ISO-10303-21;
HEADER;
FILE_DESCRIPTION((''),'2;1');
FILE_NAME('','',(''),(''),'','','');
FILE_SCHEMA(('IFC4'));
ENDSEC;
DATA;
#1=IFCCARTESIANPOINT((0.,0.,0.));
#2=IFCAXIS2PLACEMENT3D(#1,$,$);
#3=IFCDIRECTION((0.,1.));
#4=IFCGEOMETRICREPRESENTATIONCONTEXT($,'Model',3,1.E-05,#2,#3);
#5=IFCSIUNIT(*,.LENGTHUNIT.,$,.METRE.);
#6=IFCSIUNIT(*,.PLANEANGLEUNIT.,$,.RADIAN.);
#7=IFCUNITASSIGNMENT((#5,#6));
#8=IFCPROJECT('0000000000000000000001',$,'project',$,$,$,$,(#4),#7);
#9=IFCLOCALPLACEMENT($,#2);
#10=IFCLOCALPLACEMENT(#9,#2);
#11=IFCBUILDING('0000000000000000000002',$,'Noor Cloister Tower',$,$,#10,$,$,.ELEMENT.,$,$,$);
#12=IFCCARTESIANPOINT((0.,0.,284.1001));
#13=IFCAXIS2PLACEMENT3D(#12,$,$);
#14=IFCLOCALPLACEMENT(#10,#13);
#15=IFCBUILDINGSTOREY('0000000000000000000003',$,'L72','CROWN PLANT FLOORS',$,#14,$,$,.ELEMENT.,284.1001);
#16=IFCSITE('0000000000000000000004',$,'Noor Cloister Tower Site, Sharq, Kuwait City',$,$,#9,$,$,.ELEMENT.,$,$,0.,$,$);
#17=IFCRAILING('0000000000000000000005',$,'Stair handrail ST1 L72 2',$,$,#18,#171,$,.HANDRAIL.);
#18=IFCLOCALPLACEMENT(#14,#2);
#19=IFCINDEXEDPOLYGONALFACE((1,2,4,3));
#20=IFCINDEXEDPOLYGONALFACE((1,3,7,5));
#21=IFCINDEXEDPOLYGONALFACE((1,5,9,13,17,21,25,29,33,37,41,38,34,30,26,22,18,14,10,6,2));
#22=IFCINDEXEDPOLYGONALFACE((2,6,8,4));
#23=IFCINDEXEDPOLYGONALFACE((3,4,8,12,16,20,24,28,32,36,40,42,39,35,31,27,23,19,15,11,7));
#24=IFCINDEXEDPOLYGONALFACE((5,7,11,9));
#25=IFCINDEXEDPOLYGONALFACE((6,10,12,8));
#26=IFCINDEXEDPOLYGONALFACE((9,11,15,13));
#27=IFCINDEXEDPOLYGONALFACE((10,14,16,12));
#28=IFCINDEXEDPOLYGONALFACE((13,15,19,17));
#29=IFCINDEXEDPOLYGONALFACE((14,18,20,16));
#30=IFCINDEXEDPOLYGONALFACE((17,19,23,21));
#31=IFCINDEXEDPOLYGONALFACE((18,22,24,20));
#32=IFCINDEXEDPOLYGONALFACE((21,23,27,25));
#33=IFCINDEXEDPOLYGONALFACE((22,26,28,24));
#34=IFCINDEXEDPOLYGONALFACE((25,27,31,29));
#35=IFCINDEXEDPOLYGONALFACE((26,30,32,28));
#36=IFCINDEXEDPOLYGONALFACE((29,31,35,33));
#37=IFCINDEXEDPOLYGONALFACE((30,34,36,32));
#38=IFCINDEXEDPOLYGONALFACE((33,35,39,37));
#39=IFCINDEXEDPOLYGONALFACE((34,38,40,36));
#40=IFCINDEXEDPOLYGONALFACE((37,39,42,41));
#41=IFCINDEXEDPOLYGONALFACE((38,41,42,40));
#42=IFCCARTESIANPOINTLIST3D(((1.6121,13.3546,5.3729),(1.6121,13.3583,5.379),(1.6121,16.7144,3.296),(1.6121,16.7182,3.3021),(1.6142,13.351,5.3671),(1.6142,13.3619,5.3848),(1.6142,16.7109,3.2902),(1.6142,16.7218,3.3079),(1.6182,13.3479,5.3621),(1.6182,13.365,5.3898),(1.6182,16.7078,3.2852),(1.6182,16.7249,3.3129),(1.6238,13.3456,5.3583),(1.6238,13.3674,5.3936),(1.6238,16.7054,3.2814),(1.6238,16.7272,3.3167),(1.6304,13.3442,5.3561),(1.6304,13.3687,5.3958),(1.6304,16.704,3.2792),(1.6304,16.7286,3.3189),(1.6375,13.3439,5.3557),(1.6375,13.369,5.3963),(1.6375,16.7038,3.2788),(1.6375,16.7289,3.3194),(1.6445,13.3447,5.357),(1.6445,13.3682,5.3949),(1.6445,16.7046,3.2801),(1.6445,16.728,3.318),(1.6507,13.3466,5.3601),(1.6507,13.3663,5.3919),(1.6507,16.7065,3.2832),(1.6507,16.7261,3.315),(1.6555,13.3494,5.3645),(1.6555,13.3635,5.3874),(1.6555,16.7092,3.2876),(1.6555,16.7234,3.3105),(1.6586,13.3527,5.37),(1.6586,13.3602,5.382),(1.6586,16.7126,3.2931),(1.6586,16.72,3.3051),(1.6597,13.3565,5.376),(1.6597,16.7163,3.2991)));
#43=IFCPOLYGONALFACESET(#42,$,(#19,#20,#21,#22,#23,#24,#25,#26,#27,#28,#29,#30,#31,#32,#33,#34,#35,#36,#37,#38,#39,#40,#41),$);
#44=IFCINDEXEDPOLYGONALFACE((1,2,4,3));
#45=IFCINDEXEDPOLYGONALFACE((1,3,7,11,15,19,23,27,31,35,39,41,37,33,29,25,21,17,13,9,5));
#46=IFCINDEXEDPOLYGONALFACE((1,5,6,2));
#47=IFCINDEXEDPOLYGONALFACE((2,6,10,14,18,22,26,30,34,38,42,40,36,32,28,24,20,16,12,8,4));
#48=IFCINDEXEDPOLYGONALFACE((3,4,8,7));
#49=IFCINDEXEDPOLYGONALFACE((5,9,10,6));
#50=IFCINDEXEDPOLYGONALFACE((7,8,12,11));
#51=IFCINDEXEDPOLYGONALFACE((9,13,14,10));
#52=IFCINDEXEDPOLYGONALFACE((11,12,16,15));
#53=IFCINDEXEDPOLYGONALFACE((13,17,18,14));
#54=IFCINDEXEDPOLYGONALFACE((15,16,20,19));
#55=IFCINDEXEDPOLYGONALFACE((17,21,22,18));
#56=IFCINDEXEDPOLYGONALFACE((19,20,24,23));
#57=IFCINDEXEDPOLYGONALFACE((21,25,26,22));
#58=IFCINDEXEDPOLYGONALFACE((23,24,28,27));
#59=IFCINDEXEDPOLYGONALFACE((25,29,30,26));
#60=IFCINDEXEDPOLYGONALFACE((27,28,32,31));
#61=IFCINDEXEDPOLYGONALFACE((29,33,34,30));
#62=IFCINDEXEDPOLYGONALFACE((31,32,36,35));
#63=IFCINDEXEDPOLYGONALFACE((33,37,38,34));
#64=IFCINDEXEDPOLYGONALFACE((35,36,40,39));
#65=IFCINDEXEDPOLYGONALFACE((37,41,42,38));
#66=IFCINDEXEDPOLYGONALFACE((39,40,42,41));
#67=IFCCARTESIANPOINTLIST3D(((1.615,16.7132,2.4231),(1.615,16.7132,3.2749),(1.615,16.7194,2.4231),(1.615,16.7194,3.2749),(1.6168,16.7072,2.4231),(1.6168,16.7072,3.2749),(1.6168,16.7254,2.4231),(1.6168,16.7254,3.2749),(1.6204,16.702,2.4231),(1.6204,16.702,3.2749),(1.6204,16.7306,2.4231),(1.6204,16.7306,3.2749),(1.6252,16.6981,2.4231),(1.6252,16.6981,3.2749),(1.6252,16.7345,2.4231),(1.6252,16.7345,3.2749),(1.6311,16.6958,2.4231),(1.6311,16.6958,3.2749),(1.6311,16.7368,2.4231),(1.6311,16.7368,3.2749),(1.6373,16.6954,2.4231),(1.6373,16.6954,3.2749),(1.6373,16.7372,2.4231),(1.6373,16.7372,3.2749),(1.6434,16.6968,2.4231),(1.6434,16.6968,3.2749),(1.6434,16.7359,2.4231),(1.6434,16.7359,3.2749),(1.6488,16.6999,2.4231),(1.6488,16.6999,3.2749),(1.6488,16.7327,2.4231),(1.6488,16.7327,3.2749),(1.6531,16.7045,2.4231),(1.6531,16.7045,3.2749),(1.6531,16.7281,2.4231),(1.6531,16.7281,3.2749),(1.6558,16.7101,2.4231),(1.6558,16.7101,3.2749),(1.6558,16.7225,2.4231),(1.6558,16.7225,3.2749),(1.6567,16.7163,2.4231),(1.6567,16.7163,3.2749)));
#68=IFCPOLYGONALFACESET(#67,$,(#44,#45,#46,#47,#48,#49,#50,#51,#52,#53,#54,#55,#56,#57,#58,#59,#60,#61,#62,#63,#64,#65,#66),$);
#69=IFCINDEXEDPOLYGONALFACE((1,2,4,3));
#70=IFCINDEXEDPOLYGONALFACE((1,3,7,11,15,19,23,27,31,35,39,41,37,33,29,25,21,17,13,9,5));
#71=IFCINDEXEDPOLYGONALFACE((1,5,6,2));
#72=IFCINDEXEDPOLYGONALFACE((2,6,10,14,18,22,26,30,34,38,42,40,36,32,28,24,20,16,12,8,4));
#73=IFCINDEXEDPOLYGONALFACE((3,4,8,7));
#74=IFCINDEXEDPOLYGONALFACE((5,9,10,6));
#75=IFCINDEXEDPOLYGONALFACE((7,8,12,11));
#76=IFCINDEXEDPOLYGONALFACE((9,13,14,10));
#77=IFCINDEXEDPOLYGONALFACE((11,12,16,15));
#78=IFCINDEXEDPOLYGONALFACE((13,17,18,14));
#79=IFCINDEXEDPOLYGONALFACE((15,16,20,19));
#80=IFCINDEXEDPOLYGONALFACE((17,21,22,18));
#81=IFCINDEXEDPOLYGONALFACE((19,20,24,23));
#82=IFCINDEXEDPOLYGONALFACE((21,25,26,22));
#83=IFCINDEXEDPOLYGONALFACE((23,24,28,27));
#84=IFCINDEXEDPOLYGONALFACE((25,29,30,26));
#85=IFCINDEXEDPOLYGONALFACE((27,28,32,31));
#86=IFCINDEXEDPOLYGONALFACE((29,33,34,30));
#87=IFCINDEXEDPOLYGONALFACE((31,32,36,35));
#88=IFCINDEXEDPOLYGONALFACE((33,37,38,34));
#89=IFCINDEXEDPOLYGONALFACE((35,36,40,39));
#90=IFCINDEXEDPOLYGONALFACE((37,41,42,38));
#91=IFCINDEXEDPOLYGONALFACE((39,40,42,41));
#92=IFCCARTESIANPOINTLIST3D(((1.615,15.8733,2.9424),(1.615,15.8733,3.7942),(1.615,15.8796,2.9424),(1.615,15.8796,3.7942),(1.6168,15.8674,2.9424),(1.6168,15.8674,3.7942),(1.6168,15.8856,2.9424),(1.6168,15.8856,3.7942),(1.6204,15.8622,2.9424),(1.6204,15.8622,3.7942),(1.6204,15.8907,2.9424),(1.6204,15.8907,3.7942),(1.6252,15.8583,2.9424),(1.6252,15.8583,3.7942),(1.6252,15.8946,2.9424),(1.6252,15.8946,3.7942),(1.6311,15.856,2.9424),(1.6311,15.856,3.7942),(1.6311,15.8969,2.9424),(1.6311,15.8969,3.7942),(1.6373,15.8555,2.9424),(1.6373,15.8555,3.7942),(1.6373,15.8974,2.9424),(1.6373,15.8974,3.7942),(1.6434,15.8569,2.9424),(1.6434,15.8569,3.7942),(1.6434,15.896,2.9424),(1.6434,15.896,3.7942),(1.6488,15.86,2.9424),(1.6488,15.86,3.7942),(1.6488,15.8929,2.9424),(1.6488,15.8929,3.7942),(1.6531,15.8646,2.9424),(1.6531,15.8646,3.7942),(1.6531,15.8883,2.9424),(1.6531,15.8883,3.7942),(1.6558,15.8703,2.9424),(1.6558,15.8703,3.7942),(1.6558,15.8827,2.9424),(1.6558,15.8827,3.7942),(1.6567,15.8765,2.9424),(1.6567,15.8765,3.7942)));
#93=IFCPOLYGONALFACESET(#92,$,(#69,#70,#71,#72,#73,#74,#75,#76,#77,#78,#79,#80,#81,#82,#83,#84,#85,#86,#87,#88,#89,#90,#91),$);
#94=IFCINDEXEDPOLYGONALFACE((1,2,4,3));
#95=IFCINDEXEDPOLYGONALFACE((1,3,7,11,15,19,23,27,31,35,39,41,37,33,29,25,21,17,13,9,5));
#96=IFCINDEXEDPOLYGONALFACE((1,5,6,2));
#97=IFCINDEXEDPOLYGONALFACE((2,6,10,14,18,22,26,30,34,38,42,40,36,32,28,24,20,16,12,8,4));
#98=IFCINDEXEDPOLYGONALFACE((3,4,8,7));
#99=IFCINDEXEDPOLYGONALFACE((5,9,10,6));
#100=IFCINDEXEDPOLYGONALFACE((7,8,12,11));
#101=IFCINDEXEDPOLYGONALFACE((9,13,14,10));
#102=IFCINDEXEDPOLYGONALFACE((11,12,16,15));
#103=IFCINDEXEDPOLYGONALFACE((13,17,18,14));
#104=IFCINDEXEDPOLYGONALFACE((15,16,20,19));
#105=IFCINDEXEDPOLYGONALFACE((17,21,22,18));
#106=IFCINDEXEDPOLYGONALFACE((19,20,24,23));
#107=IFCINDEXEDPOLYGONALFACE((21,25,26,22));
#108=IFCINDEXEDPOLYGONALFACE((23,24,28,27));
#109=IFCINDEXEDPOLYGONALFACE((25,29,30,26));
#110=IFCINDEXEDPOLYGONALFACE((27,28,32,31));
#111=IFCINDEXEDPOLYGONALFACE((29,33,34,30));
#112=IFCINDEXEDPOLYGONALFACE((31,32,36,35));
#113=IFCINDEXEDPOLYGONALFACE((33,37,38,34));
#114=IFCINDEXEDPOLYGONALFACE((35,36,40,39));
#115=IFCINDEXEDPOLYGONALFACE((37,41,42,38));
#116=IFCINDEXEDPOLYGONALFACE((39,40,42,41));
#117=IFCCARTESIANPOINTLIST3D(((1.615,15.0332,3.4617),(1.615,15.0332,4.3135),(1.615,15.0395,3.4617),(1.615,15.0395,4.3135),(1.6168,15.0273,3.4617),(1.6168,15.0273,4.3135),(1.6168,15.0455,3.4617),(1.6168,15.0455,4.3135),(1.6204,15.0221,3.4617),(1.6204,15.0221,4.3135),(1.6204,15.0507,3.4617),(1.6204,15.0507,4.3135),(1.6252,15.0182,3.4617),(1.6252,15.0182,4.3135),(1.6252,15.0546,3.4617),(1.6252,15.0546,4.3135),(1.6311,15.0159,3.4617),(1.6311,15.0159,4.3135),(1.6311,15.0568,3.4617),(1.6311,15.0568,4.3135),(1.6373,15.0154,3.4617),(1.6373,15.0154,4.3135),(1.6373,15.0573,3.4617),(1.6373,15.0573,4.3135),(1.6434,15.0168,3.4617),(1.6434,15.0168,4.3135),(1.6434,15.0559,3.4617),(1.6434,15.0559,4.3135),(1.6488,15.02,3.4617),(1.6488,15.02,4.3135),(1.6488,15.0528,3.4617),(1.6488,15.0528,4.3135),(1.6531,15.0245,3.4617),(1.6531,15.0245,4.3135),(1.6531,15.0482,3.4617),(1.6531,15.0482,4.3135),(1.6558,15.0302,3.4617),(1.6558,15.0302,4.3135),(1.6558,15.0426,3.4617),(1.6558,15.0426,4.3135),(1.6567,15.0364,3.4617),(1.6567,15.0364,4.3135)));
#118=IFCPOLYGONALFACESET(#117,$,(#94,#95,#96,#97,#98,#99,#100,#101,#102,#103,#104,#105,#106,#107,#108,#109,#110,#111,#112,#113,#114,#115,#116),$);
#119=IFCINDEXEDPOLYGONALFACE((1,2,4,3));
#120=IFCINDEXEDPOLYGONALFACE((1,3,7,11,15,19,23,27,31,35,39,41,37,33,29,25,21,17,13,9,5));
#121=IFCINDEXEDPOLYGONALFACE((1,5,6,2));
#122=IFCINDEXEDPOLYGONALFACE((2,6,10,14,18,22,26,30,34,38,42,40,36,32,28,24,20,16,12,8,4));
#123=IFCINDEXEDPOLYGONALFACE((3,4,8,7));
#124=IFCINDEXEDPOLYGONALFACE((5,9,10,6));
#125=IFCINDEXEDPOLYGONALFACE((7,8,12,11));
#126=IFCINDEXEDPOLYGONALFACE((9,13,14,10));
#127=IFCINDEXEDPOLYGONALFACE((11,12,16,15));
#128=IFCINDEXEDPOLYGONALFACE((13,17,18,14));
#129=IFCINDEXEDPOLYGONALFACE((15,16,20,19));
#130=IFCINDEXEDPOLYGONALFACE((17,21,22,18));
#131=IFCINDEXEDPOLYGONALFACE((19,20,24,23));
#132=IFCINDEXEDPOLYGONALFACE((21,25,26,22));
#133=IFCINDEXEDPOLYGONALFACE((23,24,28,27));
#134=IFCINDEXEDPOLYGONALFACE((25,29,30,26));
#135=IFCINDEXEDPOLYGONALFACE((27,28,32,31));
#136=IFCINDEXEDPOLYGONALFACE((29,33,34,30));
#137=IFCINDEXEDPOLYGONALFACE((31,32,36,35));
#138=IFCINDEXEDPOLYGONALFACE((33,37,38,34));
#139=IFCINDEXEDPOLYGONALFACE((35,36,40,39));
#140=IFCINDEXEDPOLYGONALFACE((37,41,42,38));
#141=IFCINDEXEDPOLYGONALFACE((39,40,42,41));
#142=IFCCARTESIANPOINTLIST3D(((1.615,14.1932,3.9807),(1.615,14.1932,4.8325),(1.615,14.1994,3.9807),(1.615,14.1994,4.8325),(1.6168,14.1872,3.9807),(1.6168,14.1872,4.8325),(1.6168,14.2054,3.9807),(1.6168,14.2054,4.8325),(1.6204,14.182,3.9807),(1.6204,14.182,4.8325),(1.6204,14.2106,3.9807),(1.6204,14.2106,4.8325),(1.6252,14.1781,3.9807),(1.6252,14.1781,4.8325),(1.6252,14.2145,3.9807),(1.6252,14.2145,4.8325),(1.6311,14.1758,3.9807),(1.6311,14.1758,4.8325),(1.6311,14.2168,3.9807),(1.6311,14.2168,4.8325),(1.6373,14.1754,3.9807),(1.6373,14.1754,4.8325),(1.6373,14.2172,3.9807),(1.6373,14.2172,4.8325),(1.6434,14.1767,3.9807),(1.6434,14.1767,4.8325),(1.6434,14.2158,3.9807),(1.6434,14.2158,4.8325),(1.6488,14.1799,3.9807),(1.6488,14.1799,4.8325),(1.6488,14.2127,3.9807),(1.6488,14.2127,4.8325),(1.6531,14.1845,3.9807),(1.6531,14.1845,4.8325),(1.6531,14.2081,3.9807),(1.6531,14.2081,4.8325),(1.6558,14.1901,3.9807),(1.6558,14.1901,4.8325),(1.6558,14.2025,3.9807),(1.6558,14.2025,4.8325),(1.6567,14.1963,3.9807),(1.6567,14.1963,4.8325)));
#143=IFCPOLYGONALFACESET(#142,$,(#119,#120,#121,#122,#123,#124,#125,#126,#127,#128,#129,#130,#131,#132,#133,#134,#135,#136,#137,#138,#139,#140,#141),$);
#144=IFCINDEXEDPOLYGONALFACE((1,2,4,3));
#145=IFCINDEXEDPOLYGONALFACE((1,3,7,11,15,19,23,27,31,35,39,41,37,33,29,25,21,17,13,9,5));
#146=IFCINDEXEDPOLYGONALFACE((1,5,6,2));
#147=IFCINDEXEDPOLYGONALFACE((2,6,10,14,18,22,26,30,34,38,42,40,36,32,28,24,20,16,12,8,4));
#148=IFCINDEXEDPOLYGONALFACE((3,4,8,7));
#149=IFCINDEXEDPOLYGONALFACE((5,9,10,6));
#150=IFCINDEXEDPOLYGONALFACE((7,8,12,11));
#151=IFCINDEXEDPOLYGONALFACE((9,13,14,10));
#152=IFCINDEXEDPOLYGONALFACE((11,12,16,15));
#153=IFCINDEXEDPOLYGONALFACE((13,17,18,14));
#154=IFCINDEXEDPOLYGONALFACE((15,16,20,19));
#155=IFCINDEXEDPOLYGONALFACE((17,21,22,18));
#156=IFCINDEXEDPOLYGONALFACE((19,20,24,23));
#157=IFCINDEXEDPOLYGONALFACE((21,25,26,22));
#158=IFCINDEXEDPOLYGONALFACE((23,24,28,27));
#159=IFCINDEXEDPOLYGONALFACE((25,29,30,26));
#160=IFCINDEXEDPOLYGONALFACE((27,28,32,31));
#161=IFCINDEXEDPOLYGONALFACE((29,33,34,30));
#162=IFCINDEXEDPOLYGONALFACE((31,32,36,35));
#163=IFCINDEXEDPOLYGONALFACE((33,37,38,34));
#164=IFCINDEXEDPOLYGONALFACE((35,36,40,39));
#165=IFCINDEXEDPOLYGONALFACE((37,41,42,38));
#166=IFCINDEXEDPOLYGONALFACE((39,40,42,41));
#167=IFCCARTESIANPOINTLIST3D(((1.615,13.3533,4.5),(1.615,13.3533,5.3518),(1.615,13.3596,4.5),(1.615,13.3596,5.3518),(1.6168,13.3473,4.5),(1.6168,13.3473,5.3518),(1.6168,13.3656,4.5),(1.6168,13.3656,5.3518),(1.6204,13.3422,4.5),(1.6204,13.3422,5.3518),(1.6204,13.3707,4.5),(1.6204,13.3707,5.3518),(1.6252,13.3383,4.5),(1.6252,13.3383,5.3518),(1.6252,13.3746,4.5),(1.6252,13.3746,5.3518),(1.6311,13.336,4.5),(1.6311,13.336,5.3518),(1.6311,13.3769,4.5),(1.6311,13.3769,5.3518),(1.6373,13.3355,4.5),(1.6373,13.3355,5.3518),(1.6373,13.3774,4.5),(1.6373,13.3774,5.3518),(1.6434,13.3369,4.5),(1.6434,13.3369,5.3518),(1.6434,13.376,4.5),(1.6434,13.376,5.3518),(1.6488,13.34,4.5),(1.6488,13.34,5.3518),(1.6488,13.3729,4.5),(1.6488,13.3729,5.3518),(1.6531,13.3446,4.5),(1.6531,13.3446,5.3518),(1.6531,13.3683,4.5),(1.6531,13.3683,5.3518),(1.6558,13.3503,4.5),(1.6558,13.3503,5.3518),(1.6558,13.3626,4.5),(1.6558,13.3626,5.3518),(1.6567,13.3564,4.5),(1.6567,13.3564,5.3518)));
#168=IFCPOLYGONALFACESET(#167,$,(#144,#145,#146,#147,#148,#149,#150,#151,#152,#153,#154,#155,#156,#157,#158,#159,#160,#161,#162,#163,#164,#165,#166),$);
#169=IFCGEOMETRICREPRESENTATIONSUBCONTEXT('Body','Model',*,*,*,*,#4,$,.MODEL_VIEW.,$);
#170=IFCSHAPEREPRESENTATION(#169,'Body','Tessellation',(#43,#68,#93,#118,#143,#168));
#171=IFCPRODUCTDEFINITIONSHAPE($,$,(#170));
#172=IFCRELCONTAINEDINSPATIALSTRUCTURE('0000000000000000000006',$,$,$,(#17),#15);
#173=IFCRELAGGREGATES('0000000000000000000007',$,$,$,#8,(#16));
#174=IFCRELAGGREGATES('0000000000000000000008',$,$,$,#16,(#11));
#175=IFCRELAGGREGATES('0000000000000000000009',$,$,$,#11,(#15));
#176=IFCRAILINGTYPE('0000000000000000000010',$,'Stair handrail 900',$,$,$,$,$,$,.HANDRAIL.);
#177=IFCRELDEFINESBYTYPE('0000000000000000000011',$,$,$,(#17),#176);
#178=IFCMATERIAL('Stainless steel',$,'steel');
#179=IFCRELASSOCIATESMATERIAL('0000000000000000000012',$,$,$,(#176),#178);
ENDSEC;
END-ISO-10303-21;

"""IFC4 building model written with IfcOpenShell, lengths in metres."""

from ifc_helpers import new_model, si_unit, direction, frame, origin, origin_2d, place, context, subcontext, project, spatial, circle, extrude, material, type_object, element, save


model = new_model("IFC4")

# Units and contexts
model_context = context("Model", 3, precision=1e-05, world=origin(), true_north=direction((0.0, 1.0)))
body_context = subcontext(model_context, "Body", "Model", "MODEL_VIEW")
ifc_project = project(units=[si_unit("LENGTHUNIT", "METRE"), si_unit("PLANEANGLEUNIT", "RADIAN")], contexts=[model_context])

# Site, building, storey
site_placement = place(None, origin())
site = spatial("IfcSite", under=ifc_project, at=site_placement, Name="Noor Cloister Tower Site, Sharq, Kuwait City", CompositionType="ELEMENT", RefElevation=0.0)
building_placement = place(site_placement, origin())
building = spatial("IfcBuilding", under=site, at=building_placement, Name="Noor Cloister Tower", CompositionType="ELEMENT")
storey_placement = place(building_placement, frame((0.0, 0.0, 284.1001)))
storey = spatial("IfcBuildingStorey", under=building, at=storey_placement, Name="L72", Description="CROWN PLANT FLOORS", CompositionType="ELEMENT", Elevation=284.1001)

# Railing
ifc_material_1 = material(Name="Stainless steel", Category="steel")
railing_type_1 = type_object("IfcRailingType", Name="Stair handrail 900", PredefinedType="HANDRAIL", material=ifc_material_1)
railing_1_placement = place(storey_placement, frame((1.6357, 16.7163, 2.4231)))
element("IfcRailing", 1, at=railing_1_placement, inside=storey, type_object=railing_type_1, Name="Stair handrail ST1 L72 2", PredefinedType="HANDRAIL", context=body_context, shape_type="SweptSolid", body=[
    extrude(circle(Radius=0.0239, at=origin_2d()), frame((0.0, 0.0, 0.876), z_axis=(0.0, -0.850606, 0.525803), x_axis=(1.0, 0.0, 0.0)), (0.0, 0.0, 1.0), 3.95),
    extrude(circle(Radius=0.021, at=origin_2d()), origin(), (0.0, 0.0, 1.0), 0.8518),
    extrude(circle(Radius=0.021, at=origin_2d()), frame((0.0, -0.8398, 0.5193)), (0.0, 0.0, 1.0), 0.8518),
    extrude(circle(Radius=0.021, at=origin_2d()), frame((0.0, -1.6799, 1.0386)), (0.0, 0.0, 1.0), 0.8518),
    extrude(circle(Radius=0.021, at=origin_2d()), frame((0.0, -2.52, 1.5576)), (0.0, 0.0, 1.0), 0.8518),
    extrude(circle(Radius=0.021, at=origin_2d()), frame((0.0, -3.3599, 2.0769)), (0.0, 0.0, 1.0), 0.8518),
])

save(model, "model.ifc")
